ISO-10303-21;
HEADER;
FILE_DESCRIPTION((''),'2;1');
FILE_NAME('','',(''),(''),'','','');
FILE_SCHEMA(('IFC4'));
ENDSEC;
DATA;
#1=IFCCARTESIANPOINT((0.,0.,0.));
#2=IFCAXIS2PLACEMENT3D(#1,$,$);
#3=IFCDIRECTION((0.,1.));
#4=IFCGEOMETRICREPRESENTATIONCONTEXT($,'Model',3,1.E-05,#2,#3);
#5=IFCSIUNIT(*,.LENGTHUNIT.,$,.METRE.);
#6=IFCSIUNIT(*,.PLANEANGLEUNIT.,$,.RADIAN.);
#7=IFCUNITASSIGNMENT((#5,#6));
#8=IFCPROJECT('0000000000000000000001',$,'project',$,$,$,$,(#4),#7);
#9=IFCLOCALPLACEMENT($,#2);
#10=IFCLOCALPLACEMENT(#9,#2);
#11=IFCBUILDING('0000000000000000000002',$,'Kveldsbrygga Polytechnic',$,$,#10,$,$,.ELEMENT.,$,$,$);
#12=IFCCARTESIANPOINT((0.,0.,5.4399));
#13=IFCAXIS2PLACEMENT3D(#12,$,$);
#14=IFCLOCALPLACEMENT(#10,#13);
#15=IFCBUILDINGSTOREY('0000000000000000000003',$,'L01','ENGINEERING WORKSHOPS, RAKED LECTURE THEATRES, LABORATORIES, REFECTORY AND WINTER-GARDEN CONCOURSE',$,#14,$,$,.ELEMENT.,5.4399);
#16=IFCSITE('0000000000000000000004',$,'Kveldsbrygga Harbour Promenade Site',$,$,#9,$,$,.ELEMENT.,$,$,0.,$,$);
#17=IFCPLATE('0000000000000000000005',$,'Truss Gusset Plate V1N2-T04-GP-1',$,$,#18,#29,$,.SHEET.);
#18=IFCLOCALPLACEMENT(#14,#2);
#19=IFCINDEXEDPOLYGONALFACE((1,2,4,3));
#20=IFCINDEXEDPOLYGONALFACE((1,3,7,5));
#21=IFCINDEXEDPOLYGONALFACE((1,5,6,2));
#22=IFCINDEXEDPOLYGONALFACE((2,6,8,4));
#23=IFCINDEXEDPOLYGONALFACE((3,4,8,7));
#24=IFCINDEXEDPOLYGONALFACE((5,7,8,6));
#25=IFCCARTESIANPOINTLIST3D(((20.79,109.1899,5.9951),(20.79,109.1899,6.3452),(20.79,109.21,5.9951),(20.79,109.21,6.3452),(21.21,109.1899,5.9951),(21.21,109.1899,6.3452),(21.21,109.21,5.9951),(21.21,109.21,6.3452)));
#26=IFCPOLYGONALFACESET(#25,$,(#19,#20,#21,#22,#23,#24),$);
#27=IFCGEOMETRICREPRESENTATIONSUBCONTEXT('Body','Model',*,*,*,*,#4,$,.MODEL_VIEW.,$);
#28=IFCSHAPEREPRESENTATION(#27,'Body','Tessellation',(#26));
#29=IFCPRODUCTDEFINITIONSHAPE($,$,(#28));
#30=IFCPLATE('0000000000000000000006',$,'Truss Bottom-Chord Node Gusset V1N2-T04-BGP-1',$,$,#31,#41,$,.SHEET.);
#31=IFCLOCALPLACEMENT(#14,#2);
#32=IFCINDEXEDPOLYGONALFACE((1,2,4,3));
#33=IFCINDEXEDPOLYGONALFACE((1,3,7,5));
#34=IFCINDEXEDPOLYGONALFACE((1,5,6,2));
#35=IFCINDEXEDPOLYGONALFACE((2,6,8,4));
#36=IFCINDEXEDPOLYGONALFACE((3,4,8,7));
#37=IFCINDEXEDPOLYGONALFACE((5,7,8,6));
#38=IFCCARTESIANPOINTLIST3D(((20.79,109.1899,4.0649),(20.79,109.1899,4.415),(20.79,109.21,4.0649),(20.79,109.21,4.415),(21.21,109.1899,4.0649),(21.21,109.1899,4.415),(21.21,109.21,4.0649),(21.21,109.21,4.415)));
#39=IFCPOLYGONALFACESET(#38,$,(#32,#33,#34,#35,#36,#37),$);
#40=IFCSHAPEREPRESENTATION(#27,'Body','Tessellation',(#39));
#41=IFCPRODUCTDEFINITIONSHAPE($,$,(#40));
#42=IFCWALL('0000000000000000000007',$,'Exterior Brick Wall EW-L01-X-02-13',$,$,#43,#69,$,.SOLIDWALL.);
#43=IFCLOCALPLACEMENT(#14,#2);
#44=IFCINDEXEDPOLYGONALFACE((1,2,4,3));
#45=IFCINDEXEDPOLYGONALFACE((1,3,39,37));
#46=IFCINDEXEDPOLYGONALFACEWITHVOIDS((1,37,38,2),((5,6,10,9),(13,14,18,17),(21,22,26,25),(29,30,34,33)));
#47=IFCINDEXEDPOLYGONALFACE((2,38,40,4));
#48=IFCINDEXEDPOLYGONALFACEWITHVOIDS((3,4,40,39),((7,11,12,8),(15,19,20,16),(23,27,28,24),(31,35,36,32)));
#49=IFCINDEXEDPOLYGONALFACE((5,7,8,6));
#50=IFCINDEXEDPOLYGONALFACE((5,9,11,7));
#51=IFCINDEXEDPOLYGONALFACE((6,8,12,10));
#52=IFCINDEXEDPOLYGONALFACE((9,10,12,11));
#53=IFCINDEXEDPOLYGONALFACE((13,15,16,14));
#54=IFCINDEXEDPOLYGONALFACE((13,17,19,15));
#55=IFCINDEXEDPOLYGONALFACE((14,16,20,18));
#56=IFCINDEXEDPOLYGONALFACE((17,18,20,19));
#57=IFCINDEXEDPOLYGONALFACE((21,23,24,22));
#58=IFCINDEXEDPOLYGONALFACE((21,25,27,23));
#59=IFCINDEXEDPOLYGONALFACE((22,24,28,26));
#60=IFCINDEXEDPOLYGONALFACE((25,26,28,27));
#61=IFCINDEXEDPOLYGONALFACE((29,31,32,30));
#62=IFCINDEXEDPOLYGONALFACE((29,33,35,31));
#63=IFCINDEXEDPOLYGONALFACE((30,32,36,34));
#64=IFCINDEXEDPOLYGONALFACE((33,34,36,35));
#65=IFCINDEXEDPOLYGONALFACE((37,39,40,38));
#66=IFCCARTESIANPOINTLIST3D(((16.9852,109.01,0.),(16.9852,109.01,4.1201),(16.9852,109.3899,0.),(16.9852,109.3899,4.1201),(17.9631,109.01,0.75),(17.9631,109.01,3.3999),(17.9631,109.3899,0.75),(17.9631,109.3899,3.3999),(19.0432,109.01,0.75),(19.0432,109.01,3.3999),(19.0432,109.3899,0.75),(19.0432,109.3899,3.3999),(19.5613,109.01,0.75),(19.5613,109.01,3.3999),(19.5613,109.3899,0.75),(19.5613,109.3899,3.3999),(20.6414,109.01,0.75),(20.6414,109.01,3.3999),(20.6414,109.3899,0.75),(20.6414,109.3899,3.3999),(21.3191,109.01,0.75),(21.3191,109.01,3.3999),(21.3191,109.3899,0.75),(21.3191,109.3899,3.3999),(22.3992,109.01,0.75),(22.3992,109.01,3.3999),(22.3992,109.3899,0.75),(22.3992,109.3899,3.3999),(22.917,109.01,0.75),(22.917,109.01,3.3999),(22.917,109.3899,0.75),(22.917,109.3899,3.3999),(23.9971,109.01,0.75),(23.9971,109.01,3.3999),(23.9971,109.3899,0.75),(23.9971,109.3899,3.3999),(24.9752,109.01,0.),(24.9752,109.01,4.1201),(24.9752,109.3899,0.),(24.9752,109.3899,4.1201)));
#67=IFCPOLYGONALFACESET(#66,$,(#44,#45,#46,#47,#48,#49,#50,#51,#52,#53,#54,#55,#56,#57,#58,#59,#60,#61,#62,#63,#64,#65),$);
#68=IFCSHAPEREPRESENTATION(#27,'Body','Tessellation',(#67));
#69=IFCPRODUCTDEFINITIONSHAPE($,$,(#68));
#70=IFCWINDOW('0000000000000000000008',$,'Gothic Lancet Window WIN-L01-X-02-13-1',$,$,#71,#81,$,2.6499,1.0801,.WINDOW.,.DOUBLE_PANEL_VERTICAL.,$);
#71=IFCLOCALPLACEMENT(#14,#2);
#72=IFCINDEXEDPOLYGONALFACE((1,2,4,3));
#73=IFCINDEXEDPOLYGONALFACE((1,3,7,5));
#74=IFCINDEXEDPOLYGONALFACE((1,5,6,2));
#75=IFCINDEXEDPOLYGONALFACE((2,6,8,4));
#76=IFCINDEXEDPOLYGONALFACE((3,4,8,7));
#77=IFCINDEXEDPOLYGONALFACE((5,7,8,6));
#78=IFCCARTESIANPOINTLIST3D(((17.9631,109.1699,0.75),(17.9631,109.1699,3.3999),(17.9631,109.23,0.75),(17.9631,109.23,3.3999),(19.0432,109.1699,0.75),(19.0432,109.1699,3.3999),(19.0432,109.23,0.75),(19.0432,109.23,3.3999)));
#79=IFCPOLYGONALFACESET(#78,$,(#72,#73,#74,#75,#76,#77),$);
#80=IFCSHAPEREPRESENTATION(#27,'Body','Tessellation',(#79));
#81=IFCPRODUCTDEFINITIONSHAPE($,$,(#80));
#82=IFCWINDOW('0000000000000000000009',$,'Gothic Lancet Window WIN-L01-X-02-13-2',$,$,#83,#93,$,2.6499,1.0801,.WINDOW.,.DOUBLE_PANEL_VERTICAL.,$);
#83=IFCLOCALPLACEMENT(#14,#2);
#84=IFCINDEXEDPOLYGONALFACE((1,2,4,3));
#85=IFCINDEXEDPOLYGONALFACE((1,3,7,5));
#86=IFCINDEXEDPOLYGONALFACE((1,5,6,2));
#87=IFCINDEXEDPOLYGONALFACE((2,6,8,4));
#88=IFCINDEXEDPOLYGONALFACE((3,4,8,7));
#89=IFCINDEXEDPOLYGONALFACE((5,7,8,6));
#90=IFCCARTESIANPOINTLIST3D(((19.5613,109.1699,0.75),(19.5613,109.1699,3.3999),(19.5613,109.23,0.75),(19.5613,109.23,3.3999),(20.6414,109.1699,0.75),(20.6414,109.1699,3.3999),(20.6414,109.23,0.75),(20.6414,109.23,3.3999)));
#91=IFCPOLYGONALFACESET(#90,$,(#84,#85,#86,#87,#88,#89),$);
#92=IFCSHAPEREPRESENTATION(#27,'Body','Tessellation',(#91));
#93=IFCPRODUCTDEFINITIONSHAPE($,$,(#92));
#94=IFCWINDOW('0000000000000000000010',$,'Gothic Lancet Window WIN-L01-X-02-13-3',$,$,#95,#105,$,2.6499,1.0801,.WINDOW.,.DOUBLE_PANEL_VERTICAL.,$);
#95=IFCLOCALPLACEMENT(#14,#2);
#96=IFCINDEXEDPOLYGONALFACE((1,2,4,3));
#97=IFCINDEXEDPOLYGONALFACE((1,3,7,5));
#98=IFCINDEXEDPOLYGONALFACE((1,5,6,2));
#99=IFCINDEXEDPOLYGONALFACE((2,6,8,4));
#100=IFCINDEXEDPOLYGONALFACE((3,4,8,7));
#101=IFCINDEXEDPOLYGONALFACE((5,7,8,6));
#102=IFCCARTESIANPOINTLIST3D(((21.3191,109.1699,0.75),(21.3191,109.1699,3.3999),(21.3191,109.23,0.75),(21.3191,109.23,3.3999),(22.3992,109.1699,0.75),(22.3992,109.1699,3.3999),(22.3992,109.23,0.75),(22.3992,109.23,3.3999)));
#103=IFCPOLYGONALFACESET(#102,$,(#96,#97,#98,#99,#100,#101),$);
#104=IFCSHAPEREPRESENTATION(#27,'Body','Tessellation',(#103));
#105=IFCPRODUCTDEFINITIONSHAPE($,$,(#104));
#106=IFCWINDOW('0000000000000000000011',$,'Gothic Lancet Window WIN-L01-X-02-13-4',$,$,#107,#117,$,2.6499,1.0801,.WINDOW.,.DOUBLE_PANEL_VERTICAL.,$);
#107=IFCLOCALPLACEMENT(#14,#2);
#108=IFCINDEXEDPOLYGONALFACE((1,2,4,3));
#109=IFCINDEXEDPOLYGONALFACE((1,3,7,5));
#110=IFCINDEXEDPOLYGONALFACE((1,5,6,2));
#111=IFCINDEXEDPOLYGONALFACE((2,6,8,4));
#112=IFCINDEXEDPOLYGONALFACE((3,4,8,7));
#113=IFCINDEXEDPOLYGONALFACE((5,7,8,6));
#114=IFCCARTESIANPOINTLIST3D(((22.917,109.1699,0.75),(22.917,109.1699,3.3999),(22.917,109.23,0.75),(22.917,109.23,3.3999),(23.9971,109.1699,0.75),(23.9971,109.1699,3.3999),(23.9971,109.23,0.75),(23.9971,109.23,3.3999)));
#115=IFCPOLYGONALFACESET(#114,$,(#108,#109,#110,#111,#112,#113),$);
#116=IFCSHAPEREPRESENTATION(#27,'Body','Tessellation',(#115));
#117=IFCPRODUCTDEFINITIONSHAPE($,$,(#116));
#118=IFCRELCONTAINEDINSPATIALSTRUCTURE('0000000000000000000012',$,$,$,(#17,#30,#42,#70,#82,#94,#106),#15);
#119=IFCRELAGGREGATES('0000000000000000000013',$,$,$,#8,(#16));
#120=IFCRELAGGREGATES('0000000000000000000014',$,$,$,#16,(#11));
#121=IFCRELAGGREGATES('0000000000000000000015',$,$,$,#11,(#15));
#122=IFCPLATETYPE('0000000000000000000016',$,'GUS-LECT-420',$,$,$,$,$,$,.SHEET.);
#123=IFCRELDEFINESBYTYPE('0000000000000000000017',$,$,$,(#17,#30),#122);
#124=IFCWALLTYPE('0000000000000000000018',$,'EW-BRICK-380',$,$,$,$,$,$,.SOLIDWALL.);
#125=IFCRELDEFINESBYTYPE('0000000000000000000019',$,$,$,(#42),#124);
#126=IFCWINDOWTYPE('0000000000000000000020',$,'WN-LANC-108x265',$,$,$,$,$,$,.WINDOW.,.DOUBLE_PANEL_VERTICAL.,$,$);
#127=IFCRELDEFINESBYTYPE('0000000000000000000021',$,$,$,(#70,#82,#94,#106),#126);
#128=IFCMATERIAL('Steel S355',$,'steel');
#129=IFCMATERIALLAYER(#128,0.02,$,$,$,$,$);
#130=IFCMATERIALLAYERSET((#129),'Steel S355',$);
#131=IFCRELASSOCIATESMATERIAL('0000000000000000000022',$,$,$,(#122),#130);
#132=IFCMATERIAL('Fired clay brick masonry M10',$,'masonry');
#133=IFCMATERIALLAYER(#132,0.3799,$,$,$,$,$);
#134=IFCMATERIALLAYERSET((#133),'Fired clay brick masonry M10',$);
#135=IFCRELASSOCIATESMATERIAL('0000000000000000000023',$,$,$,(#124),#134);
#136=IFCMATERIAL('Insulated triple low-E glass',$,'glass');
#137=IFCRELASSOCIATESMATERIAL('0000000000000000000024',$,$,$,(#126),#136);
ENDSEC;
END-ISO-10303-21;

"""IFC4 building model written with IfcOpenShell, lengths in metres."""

from ifc_helpers import new_model, si_unit, direction, frame, frame_2d, origin, origin_2d, place, context, subcontext, project, spatial, rectangle, extrude, material, layer, layer_set, type_object, element, fill, save


model = new_model("IFC4")

# Units and contexts
model_context = context("Model", 3, precision=1e-05, world=origin(), true_north=direction((0.0, 1.0)))
body_context = subcontext(model_context, "Body", "Model", "MODEL_VIEW")
ifc_project = project(units=[si_unit("LENGTHUNIT", "METRE"), si_unit("PLANEANGLEUNIT", "RADIAN")], contexts=[model_context])

# Site, building, storey
site_placement = place(None, origin())
site = spatial("IfcSite", under=ifc_project, at=site_placement, Name="Kveldsbrygga Harbour Promenade Site", CompositionType="ELEMENT", RefElevation=0.0)
building_placement = place(site_placement, origin())
building = spatial("IfcBuilding", under=site, at=building_placement, Name="Kveldsbrygga Polytechnic", CompositionType="ELEMENT")
storey_placement = place(building_placement, frame((0.0, 0.0, 5.4399)))
storey = spatial("IfcBuildingStorey", under=building, at=storey_placement, Name="L01", Description="ENGINEERING WORKSHOPS, RAKED LECTURE THEATRES, LABORATORIES, REFECTORY AND WINTER-GARDEN CONCOURSE", CompositionType="ELEMENT", Elevation=5.4399)

# Shared definitions
ifc_material_1 = material(Name="Steel S355", Category="steel")

# Shared definitions
ifc_material_2 = material(Name="Insulated triple low-E glass", Category="glass")

# Plates
ifc_layer_1 = layer(ifc_material_1, 0.02)
ifc_layer_set_1 = layer_set([ifc_layer_1], Name="Steel S355")
plate_type_1 = type_object("IfcPlateType", Name="GUS-LECT-420", PredefinedType="SHEET", material=ifc_layer_set_1)
for number, where, z_axis, x_axis, name in (
    (1, (21.0, 109.2, 5.9951), (0.0, 0.0, 1.0), (1.0, 0.0, 0.0), "Truss Gusset Plate V1N2-T04-GP-1"),
    (2, (21.0, 109.2, 4.0649), (0.0, 0.0, 1.0), (1.0, 0.0, 0.0), "Truss Bottom-Chord Node Gusset V1N2-T04-BGP-1"),
):
    element("IfcPlate", number, at=place(storey_placement, frame(where, z_axis=z_axis, x_axis=x_axis)), inside=storey, type_object=plate_type_1, Name=name, PredefinedType="SHEET", context=body_context, shape_type="SweptSolid", body=[
        extrude(rectangle(XDim=0.4199, YDim=0.02, at=origin_2d()), origin(), (0.0, 0.0, 1.0), 0.3501),
    ])

# Wall, openings, windows
ifc_material_3 = material(Name="Fired clay brick masonry M10", Category="masonry")
ifc_layer_2 = layer(ifc_material_3, 0.3799)
ifc_layer_set_2 = layer_set([ifc_layer_2], Name="Fired clay brick masonry M10")
wall_type = type_object("IfcWallType", Name="EW-BRICK-380", PredefinedType="SOLIDWALL", material=ifc_layer_set_2)
wall_placement = place(storey_placement, frame((16.9851, 109.2, 0.0), z_axis=(0.0, 0.0, 1.0), x_axis=(1.0, 0.0, 0.0)))
wall = element("IfcWall", 3, at=wall_placement, inside=storey, type_object=wall_type, Name="Exterior Brick Wall EW-L01-X-02-13", PredefinedType="SOLIDWALL", context=body_context, shape_type="SweptSolid", body=[
    extrude(rectangle(XDim=7.99, YDim=0.3799, at=frame_2d((3.9951, 0.0))), origin(), (0.0, 0.0, 1.0), 4.1201),
])
opening_1_placement = place(wall_placement, frame((0.978, 0.0, 0.75)))
opening_1 = element("IfcOpeningElement", 4, at=opening_1_placement, cuts=wall, PredefinedType="OPENING", context=body_context, shape_type="SweptSolid", body=[
    extrude(rectangle(XDim=1.0801, YDim=2.6499, at=frame_2d((0.54, 1.325))), frame((0.0, 0.2, 0.0), z_axis=(0.0, -1.0, 0.0), x_axis=(1.0, 0.0, 0.0)), (0.0, 0.0, 1.0), 0.3999),
])
opening_2_placement = place(wall_placement, frame((2.5762, 0.0, 0.75)))
opening_2 = element("IfcOpeningElement", 5, at=opening_2_placement, cuts=wall, PredefinedType="OPENING", context=body_context, shape_type="SweptSolid", body=[
    extrude(rectangle(XDim=1.0801, YDim=2.6499, at=frame_2d((0.54, 1.325))), frame((0.0, 0.2, 0.0), z_axis=(0.0, -1.0, 0.0), x_axis=(1.0, 0.0, 0.0)), (0.0, 0.0, 1.0), 0.3999),
])
opening_3_placement = place(wall_placement, frame((4.334, 0.0, 0.75)))
opening_3 = element("IfcOpeningElement", 6, at=opening_3_placement, cuts=wall, PredefinedType="OPENING", context=body_context, shape_type="SweptSolid", body=[
    extrude(rectangle(XDim=1.0801, YDim=2.6499, at=frame_2d((0.54, 1.325))), frame((0.0, 0.2, 0.0), z_axis=(0.0, -1.0, 0.0), x_axis=(1.0, 0.0, 0.0)), (0.0, 0.0, 1.0), 0.3999),
])
opening_4_placement = place(wall_placement, frame((5.9319, 0.0, 0.75)))
opening_4 = element("IfcOpeningElement", 7, at=opening_4_placement, cuts=wall, PredefinedType="OPENING", context=body_context, shape_type="SweptSolid", body=[
    extrude(rectangle(XDim=1.0801, YDim=2.6499, at=frame_2d((0.54, 1.325))), frame((0.0, 0.2, 0.0), z_axis=(0.0, -1.0, 0.0), x_axis=(1.0, 0.0, 0.0)), (0.0, 0.0, 1.0), 0.3999),
])
window_type = type_object("IfcWindowType", Name="WN-LANC-108x265", PartitioningType="DOUBLE_PANEL_VERTICAL", PredefinedType="WINDOW", material=ifc_material_2)
window_1_placement = place(opening_1_placement, origin())
window_1 = element("IfcWindow", 8, at=window_1_placement, inside=storey, type_object=window_type, Name="Gothic Lancet Window WIN-L01-X-02-13-1", OverallHeight=2.6499, OverallWidth=1.0801, PartitioningType="DOUBLE_PANEL_VERTICAL", PredefinedType="WINDOW", context=body_context, shape_type="SweptSolid", body=[
    extrude(rectangle(XDim=1.0801, YDim=2.6499, at=frame_2d((0.54, 1.325))), frame((0.0, 0.03, 0.0), z_axis=(0.0, -1.0, 0.0), x_axis=(1.0, 0.0, 0.0)), (0.0, 0.0, 1.0), 0.0601),
])
fill(opening_1, window_1)
window_2_placement = place(opening_2_placement, origin())
window_2 = element("IfcWindow", 9, at=window_2_placement, inside=storey, type_object=window_type, Name="Gothic Lancet Window WIN-L01-X-02-13-2", OverallHeight=2.6499, OverallWidth=1.0801, PartitioningType="DOUBLE_PANEL_VERTICAL", PredefinedType="WINDOW", context=body_context, shape_type="SweptSolid", body=[
    extrude(rectangle(XDim=1.0801, YDim=2.6499, at=frame_2d((0.54, 1.325))), frame((0.0, 0.03, 0.0), z_axis=(0.0, -1.0, 0.0), x_axis=(1.0, 0.0, 0.0)), (0.0, 0.0, 1.0), 0.0601),
])
fill(opening_2, window_2)
window_3_placement = place(opening_3_placement, origin())
window_3 = element("IfcWindow", 10, at=window_3_placement, inside=storey, type_object=window_type, Name="Gothic Lancet Window WIN-L01-X-02-13-3", OverallHeight=2.6499, OverallWidth=1.0801, PartitioningType="DOUBLE_PANEL_VERTICAL", PredefinedType="WINDOW", context=body_context, shape_type="SweptSolid", body=[
    extrude(rectangle(XDim=1.0801, YDim=2.6499, at=frame_2d((0.54, 1.325))), frame((0.0, 0.03, 0.0), z_axis=(0.0, -1.0, 0.0), x_axis=(1.0, 0.0, 0.0)), (0.0, 0.0, 1.0), 0.0601),
])
fill(opening_3, window_3)
window_4_placement = place(opening_4_placement, origin())
window_4 = element("IfcWindow", 11, at=window_4_placement, inside=storey, type_object=window_type, Name="Gothic Lancet Window WIN-L01-X-02-13-4", OverallHeight=2.6499, OverallWidth=1.0801, PartitioningType="DOUBLE_PANEL_VERTICAL", PredefinedType="WINDOW", context=body_context, shape_type="SweptSolid", body=[
    extrude(rectangle(XDim=1.0801, YDim=2.6499, at=frame_2d((0.54, 1.325))), frame((0.0, 0.03, 0.0), z_axis=(0.0, -1.0, 0.0), x_axis=(1.0, 0.0, 0.0)), (0.0, 0.0, 1.0), 0.0601),
])
fill(opening_4, window_4)

save(model, "model.ifc")
